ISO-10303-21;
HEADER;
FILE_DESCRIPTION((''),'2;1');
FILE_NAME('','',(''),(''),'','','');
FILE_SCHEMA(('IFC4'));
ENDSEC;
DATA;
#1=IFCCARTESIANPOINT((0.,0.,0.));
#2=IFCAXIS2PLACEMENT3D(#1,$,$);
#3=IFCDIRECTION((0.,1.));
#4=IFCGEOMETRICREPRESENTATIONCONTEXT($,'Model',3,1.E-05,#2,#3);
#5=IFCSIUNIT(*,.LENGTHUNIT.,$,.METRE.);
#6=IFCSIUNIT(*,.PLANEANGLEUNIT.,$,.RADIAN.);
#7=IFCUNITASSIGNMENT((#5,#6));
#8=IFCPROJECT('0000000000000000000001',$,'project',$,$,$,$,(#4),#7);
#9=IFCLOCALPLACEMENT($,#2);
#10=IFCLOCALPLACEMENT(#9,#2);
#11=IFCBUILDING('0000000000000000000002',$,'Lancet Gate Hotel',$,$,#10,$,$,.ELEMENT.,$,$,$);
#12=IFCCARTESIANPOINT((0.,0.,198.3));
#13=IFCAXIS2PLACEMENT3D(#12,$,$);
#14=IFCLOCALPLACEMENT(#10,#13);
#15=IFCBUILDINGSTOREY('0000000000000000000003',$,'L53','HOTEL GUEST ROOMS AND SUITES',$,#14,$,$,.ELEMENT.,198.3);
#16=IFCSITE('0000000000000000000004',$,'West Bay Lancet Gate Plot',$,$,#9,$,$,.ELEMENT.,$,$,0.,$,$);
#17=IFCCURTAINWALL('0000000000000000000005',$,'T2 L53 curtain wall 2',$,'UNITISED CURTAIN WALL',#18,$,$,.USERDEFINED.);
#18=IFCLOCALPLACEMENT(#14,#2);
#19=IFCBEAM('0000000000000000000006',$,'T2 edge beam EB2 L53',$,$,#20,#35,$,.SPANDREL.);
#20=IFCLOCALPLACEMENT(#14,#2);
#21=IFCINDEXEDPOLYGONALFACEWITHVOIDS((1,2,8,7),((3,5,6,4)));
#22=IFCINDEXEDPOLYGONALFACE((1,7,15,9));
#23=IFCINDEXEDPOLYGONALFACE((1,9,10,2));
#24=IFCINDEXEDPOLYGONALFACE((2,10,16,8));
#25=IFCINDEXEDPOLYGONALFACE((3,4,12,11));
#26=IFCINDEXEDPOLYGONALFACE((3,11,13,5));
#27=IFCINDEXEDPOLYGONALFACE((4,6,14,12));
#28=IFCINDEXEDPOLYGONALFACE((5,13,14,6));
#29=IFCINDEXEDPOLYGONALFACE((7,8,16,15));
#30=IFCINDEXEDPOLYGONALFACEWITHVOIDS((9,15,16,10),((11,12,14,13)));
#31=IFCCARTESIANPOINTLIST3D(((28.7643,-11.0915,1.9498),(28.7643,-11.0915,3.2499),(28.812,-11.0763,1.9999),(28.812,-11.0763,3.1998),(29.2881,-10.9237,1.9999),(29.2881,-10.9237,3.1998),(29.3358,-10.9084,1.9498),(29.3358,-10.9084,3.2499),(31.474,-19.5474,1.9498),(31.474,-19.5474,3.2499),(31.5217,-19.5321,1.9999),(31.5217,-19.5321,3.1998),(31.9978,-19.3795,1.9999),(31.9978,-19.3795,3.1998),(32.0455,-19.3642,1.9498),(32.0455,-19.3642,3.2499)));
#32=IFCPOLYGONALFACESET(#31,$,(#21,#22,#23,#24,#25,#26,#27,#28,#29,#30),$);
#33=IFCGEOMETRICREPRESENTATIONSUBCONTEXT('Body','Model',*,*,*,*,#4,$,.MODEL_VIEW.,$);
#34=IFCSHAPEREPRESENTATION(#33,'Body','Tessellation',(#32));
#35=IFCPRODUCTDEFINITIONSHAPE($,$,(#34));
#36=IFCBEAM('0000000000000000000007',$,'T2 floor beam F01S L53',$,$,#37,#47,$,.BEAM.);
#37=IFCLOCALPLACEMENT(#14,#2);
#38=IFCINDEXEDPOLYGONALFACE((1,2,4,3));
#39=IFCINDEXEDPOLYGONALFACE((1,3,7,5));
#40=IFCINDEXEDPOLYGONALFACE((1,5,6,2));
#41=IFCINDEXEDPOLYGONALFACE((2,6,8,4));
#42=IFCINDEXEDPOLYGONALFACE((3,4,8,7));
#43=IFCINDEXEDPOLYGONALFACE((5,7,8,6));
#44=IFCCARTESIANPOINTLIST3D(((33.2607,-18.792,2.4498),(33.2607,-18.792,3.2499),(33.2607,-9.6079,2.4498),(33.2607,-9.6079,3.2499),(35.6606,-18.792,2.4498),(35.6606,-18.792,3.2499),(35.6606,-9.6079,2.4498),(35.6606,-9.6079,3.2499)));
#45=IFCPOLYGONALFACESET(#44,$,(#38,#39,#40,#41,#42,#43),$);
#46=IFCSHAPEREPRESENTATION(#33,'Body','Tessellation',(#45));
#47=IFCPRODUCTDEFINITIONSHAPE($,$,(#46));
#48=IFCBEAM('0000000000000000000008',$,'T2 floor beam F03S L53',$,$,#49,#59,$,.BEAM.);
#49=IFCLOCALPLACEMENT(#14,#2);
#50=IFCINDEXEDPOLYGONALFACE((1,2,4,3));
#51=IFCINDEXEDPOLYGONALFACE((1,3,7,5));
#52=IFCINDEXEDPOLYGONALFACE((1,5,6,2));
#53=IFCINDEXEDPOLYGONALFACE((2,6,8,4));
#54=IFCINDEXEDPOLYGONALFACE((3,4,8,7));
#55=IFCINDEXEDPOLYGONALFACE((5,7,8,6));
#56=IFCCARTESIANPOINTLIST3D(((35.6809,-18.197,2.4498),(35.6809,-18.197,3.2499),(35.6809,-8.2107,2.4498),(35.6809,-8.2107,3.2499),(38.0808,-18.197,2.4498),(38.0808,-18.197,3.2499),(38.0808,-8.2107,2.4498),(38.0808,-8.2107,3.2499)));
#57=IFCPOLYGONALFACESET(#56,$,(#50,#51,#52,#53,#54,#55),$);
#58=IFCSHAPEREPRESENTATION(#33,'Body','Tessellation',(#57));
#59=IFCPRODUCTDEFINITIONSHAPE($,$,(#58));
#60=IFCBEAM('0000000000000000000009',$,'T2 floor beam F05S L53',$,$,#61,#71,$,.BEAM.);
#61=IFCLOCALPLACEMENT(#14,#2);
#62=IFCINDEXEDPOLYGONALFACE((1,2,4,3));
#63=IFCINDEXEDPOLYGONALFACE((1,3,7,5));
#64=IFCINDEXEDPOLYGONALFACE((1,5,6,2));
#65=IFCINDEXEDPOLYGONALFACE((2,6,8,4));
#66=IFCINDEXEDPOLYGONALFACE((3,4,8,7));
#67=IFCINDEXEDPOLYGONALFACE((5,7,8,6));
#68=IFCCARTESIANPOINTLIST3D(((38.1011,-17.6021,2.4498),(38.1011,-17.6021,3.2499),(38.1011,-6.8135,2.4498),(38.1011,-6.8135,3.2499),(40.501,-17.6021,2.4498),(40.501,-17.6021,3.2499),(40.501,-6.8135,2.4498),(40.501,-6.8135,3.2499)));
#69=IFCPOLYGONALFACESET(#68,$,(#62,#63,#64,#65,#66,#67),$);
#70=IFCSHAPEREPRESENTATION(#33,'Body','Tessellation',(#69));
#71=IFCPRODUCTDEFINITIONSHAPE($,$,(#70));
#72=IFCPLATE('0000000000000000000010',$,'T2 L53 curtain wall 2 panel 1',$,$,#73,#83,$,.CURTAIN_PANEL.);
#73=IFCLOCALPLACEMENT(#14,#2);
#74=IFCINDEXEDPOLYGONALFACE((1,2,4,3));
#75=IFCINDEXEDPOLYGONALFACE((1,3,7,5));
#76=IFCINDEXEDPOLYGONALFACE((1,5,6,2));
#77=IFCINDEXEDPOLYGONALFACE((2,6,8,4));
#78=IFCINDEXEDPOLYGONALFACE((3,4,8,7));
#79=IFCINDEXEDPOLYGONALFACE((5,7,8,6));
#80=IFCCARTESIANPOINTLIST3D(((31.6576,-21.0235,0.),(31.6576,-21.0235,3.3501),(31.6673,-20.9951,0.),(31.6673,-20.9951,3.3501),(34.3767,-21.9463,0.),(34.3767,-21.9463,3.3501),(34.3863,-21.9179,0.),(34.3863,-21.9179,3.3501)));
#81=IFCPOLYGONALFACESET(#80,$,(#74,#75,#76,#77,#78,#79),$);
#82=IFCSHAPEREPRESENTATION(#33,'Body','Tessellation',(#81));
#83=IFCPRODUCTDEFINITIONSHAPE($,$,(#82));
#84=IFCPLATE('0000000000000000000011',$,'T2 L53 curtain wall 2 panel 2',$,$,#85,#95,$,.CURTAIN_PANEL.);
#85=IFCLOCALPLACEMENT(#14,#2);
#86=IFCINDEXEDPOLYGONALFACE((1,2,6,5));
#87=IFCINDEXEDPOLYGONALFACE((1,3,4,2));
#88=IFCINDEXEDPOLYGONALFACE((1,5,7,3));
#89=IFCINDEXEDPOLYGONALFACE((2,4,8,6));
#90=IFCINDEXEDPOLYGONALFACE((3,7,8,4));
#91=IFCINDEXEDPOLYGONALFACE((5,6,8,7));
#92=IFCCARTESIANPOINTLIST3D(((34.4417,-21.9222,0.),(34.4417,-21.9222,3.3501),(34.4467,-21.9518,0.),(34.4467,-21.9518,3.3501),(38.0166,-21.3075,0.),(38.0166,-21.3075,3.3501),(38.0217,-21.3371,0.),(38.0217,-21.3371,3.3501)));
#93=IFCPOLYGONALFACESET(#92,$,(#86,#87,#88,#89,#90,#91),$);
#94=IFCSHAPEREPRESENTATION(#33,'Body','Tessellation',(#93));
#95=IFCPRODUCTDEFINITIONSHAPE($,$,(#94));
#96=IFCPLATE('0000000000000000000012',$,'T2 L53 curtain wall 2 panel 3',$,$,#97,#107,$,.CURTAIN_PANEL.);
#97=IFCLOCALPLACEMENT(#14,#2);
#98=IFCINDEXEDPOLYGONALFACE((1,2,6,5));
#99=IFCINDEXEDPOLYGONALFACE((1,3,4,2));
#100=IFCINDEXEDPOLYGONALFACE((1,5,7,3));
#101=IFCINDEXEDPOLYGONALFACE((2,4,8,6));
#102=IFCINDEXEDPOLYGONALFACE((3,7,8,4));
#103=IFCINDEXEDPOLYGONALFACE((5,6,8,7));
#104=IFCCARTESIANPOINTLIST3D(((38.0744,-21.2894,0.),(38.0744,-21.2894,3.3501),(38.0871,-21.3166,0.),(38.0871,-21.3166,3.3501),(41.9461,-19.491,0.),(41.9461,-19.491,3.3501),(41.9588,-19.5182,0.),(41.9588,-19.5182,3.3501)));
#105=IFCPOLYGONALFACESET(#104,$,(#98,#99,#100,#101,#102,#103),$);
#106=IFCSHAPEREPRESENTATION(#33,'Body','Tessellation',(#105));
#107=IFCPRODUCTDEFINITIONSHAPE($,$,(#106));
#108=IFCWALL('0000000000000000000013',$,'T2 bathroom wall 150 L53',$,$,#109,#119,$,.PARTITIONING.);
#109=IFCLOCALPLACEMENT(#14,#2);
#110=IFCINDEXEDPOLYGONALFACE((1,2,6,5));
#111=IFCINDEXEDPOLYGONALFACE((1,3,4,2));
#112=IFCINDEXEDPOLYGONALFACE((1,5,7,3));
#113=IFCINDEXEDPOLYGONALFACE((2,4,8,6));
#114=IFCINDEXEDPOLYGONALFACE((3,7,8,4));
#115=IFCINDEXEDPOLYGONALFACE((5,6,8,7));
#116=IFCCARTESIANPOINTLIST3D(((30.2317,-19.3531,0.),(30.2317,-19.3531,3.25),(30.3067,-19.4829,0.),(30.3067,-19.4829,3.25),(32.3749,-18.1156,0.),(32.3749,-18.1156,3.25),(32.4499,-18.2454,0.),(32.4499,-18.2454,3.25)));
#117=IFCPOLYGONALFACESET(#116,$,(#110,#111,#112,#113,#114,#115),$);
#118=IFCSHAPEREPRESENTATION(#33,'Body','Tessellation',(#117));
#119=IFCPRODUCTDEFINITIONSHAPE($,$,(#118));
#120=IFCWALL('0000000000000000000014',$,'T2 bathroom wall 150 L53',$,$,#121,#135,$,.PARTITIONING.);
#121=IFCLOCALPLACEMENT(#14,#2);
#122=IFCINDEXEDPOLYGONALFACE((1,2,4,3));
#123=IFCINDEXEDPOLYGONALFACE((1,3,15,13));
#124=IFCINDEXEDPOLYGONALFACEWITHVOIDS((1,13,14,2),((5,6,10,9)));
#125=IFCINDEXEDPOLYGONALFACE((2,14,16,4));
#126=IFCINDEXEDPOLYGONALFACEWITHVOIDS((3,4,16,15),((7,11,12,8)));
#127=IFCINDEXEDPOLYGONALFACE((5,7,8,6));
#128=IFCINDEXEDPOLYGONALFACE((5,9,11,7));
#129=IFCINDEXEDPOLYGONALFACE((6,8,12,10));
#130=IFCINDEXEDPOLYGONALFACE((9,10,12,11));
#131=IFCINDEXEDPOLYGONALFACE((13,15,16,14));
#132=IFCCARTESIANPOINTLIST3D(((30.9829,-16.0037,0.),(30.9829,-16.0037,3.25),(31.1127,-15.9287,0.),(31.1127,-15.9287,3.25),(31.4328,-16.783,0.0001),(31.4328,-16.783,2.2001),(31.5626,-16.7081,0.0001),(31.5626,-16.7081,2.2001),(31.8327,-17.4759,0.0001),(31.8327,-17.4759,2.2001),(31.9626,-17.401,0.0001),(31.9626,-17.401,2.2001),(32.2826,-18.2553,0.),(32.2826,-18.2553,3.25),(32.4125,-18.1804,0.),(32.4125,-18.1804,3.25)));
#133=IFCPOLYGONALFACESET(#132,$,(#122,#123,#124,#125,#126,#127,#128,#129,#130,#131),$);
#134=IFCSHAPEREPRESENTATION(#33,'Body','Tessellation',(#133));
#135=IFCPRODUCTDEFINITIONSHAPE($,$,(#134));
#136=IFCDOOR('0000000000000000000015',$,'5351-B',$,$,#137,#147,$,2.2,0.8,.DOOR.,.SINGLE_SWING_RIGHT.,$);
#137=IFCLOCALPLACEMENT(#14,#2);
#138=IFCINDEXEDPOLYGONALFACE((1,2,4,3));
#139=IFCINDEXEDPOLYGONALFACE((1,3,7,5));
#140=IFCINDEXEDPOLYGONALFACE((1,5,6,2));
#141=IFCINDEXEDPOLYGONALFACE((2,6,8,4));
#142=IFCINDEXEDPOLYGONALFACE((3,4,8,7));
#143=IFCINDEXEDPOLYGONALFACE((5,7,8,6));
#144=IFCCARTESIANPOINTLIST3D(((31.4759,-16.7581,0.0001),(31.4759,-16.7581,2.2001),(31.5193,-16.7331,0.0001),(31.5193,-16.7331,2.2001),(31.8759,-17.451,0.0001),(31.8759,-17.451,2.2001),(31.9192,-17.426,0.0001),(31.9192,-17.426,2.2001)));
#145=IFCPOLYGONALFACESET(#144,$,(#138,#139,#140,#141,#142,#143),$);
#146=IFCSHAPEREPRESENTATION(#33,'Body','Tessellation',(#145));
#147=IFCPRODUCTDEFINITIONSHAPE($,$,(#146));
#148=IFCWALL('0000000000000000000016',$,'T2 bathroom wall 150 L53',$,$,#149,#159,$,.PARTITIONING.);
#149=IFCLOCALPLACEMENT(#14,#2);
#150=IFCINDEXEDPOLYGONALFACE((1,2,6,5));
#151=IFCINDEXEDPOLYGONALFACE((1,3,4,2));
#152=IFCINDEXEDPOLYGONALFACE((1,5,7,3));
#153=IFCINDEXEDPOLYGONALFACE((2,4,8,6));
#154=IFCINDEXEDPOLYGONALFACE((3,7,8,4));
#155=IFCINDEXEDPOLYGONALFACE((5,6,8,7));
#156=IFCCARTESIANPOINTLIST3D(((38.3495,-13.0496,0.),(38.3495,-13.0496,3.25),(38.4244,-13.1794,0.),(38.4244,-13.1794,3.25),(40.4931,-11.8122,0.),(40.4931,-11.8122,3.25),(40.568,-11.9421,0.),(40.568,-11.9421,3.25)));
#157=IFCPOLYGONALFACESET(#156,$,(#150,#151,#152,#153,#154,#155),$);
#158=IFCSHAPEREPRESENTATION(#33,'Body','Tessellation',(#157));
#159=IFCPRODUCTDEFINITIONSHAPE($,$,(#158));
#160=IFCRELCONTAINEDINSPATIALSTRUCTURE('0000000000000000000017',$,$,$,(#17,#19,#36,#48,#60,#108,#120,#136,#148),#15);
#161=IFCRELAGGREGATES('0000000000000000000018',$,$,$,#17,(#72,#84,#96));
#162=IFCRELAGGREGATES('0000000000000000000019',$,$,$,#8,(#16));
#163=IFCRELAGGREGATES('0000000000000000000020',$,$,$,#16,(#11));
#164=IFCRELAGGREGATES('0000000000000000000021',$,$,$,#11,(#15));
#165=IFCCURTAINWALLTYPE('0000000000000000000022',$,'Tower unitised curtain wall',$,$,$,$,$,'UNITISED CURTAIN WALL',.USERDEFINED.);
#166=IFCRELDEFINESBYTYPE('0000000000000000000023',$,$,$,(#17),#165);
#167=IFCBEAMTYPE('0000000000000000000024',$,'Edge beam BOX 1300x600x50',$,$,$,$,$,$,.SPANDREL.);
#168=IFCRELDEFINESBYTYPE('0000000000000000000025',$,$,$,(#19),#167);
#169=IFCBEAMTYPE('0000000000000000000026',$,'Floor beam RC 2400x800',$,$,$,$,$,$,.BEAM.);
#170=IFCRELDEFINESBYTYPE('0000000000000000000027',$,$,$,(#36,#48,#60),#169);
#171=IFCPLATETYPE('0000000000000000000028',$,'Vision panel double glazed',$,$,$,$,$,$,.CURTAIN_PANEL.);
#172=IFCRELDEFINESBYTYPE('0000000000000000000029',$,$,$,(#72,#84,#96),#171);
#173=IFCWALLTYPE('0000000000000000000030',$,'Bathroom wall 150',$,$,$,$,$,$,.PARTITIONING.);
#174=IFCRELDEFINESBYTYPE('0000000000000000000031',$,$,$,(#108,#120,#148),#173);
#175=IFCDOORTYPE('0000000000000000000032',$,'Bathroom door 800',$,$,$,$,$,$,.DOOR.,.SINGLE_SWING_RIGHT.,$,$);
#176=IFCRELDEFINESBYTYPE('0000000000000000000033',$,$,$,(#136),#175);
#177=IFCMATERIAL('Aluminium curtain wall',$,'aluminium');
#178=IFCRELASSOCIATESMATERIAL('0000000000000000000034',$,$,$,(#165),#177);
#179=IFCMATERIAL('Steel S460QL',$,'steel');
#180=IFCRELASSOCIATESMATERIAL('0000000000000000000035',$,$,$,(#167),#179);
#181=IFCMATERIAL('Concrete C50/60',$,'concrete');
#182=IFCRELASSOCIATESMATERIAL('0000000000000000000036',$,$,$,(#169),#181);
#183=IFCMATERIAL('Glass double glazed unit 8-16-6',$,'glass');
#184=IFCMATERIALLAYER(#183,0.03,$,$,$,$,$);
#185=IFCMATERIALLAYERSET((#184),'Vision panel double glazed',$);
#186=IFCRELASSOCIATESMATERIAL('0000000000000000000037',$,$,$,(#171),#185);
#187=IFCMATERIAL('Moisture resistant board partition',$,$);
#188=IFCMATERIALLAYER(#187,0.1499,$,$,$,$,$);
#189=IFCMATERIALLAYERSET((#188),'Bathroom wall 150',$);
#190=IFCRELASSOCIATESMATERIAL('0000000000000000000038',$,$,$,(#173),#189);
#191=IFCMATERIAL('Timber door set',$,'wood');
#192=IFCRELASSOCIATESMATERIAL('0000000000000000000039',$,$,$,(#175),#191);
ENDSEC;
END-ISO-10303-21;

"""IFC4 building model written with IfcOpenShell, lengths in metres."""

from ifc_helpers import new_model, si_unit, direction, frame, frame_2d, origin, origin_2d, place, context, subcontext, project, spatial, rectangle, hollow_rectangle, extrude, material, layer, layer_set, material_profile, profile_set, type_object, element, fill, aggregate, save


model = new_model("IFC4")

# Units and contexts
model_context = context("Model", 3, precision=1e-05, world=origin(), true_north=direction((0.0, 1.0)))
body_context = subcontext(model_context, "Body", "Model", "MODEL_VIEW")
ifc_project = project(units=[si_unit("LENGTHUNIT", "METRE"), si_unit("PLANEANGLEUNIT", "RADIAN")], contexts=[model_context])

# Site, building, storey
site_placement = place(None, origin())
site = spatial("IfcSite", under=ifc_project, at=site_placement, Name="West Bay Lancet Gate Plot", CompositionType="ELEMENT", RefElevation=0.0)
building_placement = place(site_placement, origin())
building = spatial("IfcBuilding", under=site, at=building_placement, Name="Lancet Gate Hotel", CompositionType="ELEMENT")
storey_placement = place(building_placement, frame((0.0, 0.0, 198.3)))
storey = spatial("IfcBuildingStorey", under=building, at=storey_placement, Name="L53", Description="HOTEL GUEST ROOMS AND SUITES", CompositionType="ELEMENT", Elevation=198.3)

# Shared definitions
ifc_material_1 = material(Name="Aluminium curtain wall", Category="aluminium")
curtain_wall_type = type_object("IfcCurtainWallType", Name="Tower unitised curtain wall", ElementType="UNITISED CURTAIN WALL", PredefinedType="USERDEFINED", material=ifc_material_1)

# Curtain wall
curtain_wall_1_placement = place(storey_placement, origin())
curtain_wall_1 = element("IfcCurtainWall", 1, at=curtain_wall_1_placement, inside=storey, type_object=curtain_wall_type, Name="T2 L53 curtain wall 2", ObjectType="UNITISED CURTAIN WALL", PredefinedType="USERDEFINED")

# Beams
ifc_material_2 = material(Name="Steel S460QL", Category="steel")
ifc_material_profile_1 = material_profile(ifc_material_2, hollow_rectangle(XDim=0.6001, YDim=1.3, WallThickness=0.05, at=origin_2d()), Name="BOX 1300x600x50")
ifc_profile_set_1 = profile_set([ifc_material_profile_1], Name="Steel S460QL")
beam_type_1 = type_object("IfcBeamType", Name="Edge beam BOX 1300x600x50", PredefinedType="SPANDREL", material=ifc_profile_set_1)
beam_1_placement = place(storey_placement, frame((31.7598, -19.4558, 2.5999), z_axis=(-0.30517, 0.952298, 0.0), x_axis=(-0.952298, -0.30517, 0.0)))
element("IfcBeam", 2, at=beam_1_placement, inside=storey, type_object=beam_type_1, Name="T2 edge beam EB2 L53", PredefinedType="SPANDREL", context=body_context, shape_type="SweptSolid", body=[
    extrude(hollow_rectangle(XDim=0.6001, YDim=1.3, WallThickness=0.05, at=origin_2d()), origin(), (0.0, 0.0, 1.0), 8.8794),
])
ifc_material_3 = material(Name="Concrete C50/60", Category="concrete")
ifc_material_profile_2 = material_profile(ifc_material_3, rectangle(XDim=2.3999, YDim=0.8, at=origin_2d()), Name="RC 2400x800")
ifc_profile_set_2 = profile_set([ifc_material_profile_2], Name="Concrete C50/60")
beam_type_2 = type_object("IfcBeamType", Name="Floor beam RC 2400x800", PredefinedType="BEAM", material=ifc_profile_set_2)
beam_2_placement = place(storey_placement, frame((34.4607, -18.792, 2.8499), z_axis=(0.0, 1.0, 0.0), x_axis=(-1.0, 0.0, 0.0)))
element("IfcBeam", 3, at=beam_2_placement, inside=storey, type_object=beam_type_2, Name="T2 floor beam F01S L53", PredefinedType="BEAM", context=body_context, shape_type="SweptSolid", body=[
    extrude(rectangle(XDim=2.3999, YDim=0.8, at=origin_2d()), origin(), (0.0, 0.0, 1.0), 9.1841),
])
beam_3_placement = place(storey_placement, frame((36.8809, -18.197, 2.8499), z_axis=(0.0, 1.0, 0.0), x_axis=(-1.0, 0.0, 0.0)))
element("IfcBeam", 4, at=beam_3_placement, inside=storey, type_object=beam_type_2, Name="T2 floor beam F03S L53", PredefinedType="BEAM", context=body_context, shape_type="SweptSolid", body=[
    extrude(rectangle(XDim=2.3999, YDim=0.8, at=origin_2d()), origin(), (0.0, 0.0, 1.0), 9.9863),
])
beam_4_placement = place(storey_placement, frame((39.301, -17.6021, 2.8499), z_axis=(0.0, 1.0, 0.0), x_axis=(-1.0, 0.0, 0.0)))
element("IfcBeam", 5, at=beam_4_placement, inside=storey, type_object=beam_type_2, Name="T2 floor beam F05S L53", PredefinedType="BEAM", context=body_context, shape_type="SweptSolid", body=[
    extrude(rectangle(XDim=2.3999, YDim=0.8, at=origin_2d()), origin(), (0.0, 0.0, 1.0), 10.7886),
])

# Plates
ifc_material_4 = material(Name="Glass double glazed unit 8-16-6", Category="glass")
ifc_layer_1 = layer(ifc_material_4, 0.03)
ifc_layer_set_1 = layer_set([ifc_layer_1], Name="Vision panel double glazed")
plate_type = type_object("IfcPlateType", Name="Vision panel double glazed", PredefinedType="CURTAIN_PANEL", material=ifc_layer_set_1)
plate_1_placement = place(storey_placement, frame((33.022, -21.4707, 0.0), z_axis=(0.0, 0.0, 1.0), x_axis=(0.946952, -0.321374, 0.0)))
plate_1 = element("IfcPlate", 6, at=plate_1_placement, type_object=plate_type, Name="T2 L53 curtain wall 2 panel 1", PredefinedType="CURTAIN_PANEL", context=body_context, shape_type="SweptSolid", body=[
    extrude(rectangle(XDim=2.8713, YDim=0.03, at=origin_2d()), origin(), (0.0, 0.0, 1.0), 3.3501),
])
plate_2_placement = place(storey_placement, frame((36.2317, -21.6296, 0.0), z_axis=(0.0, 0.0, 1.0), x_axis=(0.98554, 0.169445, 0.0)))
plate_2 = element("IfcPlate", 7, at=plate_2_placement, type_object=plate_type, Name="T2 L53 curtain wall 2 panel 2", PredefinedType="CURTAIN_PANEL", context=body_context, shape_type="SweptSolid", body=[
    extrude(rectangle(XDim=3.6274, YDim=0.03, at=origin_2d()), origin(), (0.0, 0.0, 1.0), 3.3501),
])
plate_3_placement = place(storey_placement, frame((40.0166, -20.4038, 0.0), z_axis=(0.0, 0.0, 1.0), x_axis=(0.906935, 0.421271, 0.0)))
plate_3 = element("IfcPlate", 8, at=plate_3_placement, type_object=plate_type, Name="T2 L53 curtain wall 2 panel 3", PredefinedType="CURTAIN_PANEL", context=body_context, shape_type="SweptSolid", body=[
    extrude(rectangle(XDim=4.269, YDim=0.03, at=origin_2d()), origin(), (0.0, 0.0, 1.0), 3.3501),
])
aggregate(curtain_wall_1, [plate_1, plate_2, plate_3])

# Wall
ifc_material_5 = material(Name="Moisture resistant board partition")
ifc_layer_2 = layer(ifc_material_5, 0.1499)
ifc_layer_set_2 = layer_set([ifc_layer_2], Name="Bathroom wall 150")
wall_type_1 = type_object("IfcWallType", Name="Bathroom wall 150", PredefinedType="PARTITIONING", material=ifc_layer_set_2)
wall_1_placement = place(storey_placement, frame((30.2693, -19.418, 0.0), z_axis=(0.0, 0.0, 1.0), x_axis=(0.866007, 0.500033, 0.0)))
element("IfcWall", 9, at=wall_1_placement, inside=storey, type_object=wall_type_1, Name="T2 bathroom wall 150 L53", PredefinedType="PARTITIONING", context=body_context, shape_type="SweptSolid", body=[
    extrude(rectangle(XDim=2.4749, YDim=0.1499, at=frame_2d((1.2373, 0.0))), origin(), (0.0, 0.0, 1.0), 3.25),
])

# Wall, opening, door
wall_2_placement = place(storey_placement, frame((31.0479, -15.9663, 0.0), z_axis=(0.0, 0.0, 1.0), x_axis=(0.499937, -0.866062, 0.0)))
wall_2 = element("IfcWall", 10, at=wall_2_placement, inside=storey, type_object=wall_type_1, Name="T2 bathroom wall 150 L53", PredefinedType="PARTITIONING", context=body_context, shape_type="SweptSolid", body=[
    extrude(rectangle(XDim=2.5999, YDim=0.1499, at=frame_2d((1.2998, 0.0))), origin(), (0.0, 0.0, 1.0), 3.25),
])
opening_1_placement = place(wall_2_placement, frame((0.8999, 0.0, 0.0)))
opening_1 = element("IfcOpeningElement", 11, at=opening_1_placement, cuts=wall_2, PredefinedType="OPENING", context=body_context, shape_type="SweptSolid", body=[
    extrude(rectangle(XDim=0.8, YDim=2.2, at=frame_2d((0.3999, 1.1001))), frame((0.0, 0.085, 0.0), z_axis=(0.0, -1.0, 0.0), x_axis=(1.0, 0.0, 0.0)), (0.0, 0.0, 1.0), 0.1699),
])
ifc_material_6 = material(Name="Timber door set", Category="wood")
door_type_1 = type_object("IfcDoorType", Name="Bathroom door 800", OperationType="SINGLE_SWING_RIGHT", PredefinedType="DOOR", material=ifc_material_6)
door_1_placement = place(opening_1_placement, origin())
door_1 = element("IfcDoor", 12, at=door_1_placement, inside=storey, type_object=door_type_1, Name="5351-B", OperationType="SINGLE_SWING_RIGHT", OverallHeight=2.2, OverallWidth=0.8, PredefinedType="DOOR", context=body_context, shape_type="SweptSolid", body=[
    extrude(rectangle(XDim=0.8, YDim=2.2, at=frame_2d((0.3999, 1.1001))), frame((0.0, 0.0249, 0.0), z_axis=(0.0, -1.0, 0.0), x_axis=(1.0, 0.0, 0.0)), (0.0, 0.0, 1.0), 0.05),
])
fill(opening_1, door_1)

# Wall
wall_3_placement = place(storey_placement, frame((38.387, -13.1145, 0.0), z_axis=(0.0, 0.0, 1.0), x_axis=(0.866074, 0.499916, 0.0)))
element("IfcWall", 13, at=wall_3_placement, inside=storey, type_object=wall_type_1, Name="T2 bathroom wall 150 L53", PredefinedType="PARTITIONING", context=body_context, shape_type="SweptSolid", body=[
    extrude(rectangle(XDim=2.4751, YDim=0.1499, at=frame_2d((1.2375, 0.0))), origin(), (0.0, 0.0, 1.0), 3.25),
])

save(model, "model.ifc")
